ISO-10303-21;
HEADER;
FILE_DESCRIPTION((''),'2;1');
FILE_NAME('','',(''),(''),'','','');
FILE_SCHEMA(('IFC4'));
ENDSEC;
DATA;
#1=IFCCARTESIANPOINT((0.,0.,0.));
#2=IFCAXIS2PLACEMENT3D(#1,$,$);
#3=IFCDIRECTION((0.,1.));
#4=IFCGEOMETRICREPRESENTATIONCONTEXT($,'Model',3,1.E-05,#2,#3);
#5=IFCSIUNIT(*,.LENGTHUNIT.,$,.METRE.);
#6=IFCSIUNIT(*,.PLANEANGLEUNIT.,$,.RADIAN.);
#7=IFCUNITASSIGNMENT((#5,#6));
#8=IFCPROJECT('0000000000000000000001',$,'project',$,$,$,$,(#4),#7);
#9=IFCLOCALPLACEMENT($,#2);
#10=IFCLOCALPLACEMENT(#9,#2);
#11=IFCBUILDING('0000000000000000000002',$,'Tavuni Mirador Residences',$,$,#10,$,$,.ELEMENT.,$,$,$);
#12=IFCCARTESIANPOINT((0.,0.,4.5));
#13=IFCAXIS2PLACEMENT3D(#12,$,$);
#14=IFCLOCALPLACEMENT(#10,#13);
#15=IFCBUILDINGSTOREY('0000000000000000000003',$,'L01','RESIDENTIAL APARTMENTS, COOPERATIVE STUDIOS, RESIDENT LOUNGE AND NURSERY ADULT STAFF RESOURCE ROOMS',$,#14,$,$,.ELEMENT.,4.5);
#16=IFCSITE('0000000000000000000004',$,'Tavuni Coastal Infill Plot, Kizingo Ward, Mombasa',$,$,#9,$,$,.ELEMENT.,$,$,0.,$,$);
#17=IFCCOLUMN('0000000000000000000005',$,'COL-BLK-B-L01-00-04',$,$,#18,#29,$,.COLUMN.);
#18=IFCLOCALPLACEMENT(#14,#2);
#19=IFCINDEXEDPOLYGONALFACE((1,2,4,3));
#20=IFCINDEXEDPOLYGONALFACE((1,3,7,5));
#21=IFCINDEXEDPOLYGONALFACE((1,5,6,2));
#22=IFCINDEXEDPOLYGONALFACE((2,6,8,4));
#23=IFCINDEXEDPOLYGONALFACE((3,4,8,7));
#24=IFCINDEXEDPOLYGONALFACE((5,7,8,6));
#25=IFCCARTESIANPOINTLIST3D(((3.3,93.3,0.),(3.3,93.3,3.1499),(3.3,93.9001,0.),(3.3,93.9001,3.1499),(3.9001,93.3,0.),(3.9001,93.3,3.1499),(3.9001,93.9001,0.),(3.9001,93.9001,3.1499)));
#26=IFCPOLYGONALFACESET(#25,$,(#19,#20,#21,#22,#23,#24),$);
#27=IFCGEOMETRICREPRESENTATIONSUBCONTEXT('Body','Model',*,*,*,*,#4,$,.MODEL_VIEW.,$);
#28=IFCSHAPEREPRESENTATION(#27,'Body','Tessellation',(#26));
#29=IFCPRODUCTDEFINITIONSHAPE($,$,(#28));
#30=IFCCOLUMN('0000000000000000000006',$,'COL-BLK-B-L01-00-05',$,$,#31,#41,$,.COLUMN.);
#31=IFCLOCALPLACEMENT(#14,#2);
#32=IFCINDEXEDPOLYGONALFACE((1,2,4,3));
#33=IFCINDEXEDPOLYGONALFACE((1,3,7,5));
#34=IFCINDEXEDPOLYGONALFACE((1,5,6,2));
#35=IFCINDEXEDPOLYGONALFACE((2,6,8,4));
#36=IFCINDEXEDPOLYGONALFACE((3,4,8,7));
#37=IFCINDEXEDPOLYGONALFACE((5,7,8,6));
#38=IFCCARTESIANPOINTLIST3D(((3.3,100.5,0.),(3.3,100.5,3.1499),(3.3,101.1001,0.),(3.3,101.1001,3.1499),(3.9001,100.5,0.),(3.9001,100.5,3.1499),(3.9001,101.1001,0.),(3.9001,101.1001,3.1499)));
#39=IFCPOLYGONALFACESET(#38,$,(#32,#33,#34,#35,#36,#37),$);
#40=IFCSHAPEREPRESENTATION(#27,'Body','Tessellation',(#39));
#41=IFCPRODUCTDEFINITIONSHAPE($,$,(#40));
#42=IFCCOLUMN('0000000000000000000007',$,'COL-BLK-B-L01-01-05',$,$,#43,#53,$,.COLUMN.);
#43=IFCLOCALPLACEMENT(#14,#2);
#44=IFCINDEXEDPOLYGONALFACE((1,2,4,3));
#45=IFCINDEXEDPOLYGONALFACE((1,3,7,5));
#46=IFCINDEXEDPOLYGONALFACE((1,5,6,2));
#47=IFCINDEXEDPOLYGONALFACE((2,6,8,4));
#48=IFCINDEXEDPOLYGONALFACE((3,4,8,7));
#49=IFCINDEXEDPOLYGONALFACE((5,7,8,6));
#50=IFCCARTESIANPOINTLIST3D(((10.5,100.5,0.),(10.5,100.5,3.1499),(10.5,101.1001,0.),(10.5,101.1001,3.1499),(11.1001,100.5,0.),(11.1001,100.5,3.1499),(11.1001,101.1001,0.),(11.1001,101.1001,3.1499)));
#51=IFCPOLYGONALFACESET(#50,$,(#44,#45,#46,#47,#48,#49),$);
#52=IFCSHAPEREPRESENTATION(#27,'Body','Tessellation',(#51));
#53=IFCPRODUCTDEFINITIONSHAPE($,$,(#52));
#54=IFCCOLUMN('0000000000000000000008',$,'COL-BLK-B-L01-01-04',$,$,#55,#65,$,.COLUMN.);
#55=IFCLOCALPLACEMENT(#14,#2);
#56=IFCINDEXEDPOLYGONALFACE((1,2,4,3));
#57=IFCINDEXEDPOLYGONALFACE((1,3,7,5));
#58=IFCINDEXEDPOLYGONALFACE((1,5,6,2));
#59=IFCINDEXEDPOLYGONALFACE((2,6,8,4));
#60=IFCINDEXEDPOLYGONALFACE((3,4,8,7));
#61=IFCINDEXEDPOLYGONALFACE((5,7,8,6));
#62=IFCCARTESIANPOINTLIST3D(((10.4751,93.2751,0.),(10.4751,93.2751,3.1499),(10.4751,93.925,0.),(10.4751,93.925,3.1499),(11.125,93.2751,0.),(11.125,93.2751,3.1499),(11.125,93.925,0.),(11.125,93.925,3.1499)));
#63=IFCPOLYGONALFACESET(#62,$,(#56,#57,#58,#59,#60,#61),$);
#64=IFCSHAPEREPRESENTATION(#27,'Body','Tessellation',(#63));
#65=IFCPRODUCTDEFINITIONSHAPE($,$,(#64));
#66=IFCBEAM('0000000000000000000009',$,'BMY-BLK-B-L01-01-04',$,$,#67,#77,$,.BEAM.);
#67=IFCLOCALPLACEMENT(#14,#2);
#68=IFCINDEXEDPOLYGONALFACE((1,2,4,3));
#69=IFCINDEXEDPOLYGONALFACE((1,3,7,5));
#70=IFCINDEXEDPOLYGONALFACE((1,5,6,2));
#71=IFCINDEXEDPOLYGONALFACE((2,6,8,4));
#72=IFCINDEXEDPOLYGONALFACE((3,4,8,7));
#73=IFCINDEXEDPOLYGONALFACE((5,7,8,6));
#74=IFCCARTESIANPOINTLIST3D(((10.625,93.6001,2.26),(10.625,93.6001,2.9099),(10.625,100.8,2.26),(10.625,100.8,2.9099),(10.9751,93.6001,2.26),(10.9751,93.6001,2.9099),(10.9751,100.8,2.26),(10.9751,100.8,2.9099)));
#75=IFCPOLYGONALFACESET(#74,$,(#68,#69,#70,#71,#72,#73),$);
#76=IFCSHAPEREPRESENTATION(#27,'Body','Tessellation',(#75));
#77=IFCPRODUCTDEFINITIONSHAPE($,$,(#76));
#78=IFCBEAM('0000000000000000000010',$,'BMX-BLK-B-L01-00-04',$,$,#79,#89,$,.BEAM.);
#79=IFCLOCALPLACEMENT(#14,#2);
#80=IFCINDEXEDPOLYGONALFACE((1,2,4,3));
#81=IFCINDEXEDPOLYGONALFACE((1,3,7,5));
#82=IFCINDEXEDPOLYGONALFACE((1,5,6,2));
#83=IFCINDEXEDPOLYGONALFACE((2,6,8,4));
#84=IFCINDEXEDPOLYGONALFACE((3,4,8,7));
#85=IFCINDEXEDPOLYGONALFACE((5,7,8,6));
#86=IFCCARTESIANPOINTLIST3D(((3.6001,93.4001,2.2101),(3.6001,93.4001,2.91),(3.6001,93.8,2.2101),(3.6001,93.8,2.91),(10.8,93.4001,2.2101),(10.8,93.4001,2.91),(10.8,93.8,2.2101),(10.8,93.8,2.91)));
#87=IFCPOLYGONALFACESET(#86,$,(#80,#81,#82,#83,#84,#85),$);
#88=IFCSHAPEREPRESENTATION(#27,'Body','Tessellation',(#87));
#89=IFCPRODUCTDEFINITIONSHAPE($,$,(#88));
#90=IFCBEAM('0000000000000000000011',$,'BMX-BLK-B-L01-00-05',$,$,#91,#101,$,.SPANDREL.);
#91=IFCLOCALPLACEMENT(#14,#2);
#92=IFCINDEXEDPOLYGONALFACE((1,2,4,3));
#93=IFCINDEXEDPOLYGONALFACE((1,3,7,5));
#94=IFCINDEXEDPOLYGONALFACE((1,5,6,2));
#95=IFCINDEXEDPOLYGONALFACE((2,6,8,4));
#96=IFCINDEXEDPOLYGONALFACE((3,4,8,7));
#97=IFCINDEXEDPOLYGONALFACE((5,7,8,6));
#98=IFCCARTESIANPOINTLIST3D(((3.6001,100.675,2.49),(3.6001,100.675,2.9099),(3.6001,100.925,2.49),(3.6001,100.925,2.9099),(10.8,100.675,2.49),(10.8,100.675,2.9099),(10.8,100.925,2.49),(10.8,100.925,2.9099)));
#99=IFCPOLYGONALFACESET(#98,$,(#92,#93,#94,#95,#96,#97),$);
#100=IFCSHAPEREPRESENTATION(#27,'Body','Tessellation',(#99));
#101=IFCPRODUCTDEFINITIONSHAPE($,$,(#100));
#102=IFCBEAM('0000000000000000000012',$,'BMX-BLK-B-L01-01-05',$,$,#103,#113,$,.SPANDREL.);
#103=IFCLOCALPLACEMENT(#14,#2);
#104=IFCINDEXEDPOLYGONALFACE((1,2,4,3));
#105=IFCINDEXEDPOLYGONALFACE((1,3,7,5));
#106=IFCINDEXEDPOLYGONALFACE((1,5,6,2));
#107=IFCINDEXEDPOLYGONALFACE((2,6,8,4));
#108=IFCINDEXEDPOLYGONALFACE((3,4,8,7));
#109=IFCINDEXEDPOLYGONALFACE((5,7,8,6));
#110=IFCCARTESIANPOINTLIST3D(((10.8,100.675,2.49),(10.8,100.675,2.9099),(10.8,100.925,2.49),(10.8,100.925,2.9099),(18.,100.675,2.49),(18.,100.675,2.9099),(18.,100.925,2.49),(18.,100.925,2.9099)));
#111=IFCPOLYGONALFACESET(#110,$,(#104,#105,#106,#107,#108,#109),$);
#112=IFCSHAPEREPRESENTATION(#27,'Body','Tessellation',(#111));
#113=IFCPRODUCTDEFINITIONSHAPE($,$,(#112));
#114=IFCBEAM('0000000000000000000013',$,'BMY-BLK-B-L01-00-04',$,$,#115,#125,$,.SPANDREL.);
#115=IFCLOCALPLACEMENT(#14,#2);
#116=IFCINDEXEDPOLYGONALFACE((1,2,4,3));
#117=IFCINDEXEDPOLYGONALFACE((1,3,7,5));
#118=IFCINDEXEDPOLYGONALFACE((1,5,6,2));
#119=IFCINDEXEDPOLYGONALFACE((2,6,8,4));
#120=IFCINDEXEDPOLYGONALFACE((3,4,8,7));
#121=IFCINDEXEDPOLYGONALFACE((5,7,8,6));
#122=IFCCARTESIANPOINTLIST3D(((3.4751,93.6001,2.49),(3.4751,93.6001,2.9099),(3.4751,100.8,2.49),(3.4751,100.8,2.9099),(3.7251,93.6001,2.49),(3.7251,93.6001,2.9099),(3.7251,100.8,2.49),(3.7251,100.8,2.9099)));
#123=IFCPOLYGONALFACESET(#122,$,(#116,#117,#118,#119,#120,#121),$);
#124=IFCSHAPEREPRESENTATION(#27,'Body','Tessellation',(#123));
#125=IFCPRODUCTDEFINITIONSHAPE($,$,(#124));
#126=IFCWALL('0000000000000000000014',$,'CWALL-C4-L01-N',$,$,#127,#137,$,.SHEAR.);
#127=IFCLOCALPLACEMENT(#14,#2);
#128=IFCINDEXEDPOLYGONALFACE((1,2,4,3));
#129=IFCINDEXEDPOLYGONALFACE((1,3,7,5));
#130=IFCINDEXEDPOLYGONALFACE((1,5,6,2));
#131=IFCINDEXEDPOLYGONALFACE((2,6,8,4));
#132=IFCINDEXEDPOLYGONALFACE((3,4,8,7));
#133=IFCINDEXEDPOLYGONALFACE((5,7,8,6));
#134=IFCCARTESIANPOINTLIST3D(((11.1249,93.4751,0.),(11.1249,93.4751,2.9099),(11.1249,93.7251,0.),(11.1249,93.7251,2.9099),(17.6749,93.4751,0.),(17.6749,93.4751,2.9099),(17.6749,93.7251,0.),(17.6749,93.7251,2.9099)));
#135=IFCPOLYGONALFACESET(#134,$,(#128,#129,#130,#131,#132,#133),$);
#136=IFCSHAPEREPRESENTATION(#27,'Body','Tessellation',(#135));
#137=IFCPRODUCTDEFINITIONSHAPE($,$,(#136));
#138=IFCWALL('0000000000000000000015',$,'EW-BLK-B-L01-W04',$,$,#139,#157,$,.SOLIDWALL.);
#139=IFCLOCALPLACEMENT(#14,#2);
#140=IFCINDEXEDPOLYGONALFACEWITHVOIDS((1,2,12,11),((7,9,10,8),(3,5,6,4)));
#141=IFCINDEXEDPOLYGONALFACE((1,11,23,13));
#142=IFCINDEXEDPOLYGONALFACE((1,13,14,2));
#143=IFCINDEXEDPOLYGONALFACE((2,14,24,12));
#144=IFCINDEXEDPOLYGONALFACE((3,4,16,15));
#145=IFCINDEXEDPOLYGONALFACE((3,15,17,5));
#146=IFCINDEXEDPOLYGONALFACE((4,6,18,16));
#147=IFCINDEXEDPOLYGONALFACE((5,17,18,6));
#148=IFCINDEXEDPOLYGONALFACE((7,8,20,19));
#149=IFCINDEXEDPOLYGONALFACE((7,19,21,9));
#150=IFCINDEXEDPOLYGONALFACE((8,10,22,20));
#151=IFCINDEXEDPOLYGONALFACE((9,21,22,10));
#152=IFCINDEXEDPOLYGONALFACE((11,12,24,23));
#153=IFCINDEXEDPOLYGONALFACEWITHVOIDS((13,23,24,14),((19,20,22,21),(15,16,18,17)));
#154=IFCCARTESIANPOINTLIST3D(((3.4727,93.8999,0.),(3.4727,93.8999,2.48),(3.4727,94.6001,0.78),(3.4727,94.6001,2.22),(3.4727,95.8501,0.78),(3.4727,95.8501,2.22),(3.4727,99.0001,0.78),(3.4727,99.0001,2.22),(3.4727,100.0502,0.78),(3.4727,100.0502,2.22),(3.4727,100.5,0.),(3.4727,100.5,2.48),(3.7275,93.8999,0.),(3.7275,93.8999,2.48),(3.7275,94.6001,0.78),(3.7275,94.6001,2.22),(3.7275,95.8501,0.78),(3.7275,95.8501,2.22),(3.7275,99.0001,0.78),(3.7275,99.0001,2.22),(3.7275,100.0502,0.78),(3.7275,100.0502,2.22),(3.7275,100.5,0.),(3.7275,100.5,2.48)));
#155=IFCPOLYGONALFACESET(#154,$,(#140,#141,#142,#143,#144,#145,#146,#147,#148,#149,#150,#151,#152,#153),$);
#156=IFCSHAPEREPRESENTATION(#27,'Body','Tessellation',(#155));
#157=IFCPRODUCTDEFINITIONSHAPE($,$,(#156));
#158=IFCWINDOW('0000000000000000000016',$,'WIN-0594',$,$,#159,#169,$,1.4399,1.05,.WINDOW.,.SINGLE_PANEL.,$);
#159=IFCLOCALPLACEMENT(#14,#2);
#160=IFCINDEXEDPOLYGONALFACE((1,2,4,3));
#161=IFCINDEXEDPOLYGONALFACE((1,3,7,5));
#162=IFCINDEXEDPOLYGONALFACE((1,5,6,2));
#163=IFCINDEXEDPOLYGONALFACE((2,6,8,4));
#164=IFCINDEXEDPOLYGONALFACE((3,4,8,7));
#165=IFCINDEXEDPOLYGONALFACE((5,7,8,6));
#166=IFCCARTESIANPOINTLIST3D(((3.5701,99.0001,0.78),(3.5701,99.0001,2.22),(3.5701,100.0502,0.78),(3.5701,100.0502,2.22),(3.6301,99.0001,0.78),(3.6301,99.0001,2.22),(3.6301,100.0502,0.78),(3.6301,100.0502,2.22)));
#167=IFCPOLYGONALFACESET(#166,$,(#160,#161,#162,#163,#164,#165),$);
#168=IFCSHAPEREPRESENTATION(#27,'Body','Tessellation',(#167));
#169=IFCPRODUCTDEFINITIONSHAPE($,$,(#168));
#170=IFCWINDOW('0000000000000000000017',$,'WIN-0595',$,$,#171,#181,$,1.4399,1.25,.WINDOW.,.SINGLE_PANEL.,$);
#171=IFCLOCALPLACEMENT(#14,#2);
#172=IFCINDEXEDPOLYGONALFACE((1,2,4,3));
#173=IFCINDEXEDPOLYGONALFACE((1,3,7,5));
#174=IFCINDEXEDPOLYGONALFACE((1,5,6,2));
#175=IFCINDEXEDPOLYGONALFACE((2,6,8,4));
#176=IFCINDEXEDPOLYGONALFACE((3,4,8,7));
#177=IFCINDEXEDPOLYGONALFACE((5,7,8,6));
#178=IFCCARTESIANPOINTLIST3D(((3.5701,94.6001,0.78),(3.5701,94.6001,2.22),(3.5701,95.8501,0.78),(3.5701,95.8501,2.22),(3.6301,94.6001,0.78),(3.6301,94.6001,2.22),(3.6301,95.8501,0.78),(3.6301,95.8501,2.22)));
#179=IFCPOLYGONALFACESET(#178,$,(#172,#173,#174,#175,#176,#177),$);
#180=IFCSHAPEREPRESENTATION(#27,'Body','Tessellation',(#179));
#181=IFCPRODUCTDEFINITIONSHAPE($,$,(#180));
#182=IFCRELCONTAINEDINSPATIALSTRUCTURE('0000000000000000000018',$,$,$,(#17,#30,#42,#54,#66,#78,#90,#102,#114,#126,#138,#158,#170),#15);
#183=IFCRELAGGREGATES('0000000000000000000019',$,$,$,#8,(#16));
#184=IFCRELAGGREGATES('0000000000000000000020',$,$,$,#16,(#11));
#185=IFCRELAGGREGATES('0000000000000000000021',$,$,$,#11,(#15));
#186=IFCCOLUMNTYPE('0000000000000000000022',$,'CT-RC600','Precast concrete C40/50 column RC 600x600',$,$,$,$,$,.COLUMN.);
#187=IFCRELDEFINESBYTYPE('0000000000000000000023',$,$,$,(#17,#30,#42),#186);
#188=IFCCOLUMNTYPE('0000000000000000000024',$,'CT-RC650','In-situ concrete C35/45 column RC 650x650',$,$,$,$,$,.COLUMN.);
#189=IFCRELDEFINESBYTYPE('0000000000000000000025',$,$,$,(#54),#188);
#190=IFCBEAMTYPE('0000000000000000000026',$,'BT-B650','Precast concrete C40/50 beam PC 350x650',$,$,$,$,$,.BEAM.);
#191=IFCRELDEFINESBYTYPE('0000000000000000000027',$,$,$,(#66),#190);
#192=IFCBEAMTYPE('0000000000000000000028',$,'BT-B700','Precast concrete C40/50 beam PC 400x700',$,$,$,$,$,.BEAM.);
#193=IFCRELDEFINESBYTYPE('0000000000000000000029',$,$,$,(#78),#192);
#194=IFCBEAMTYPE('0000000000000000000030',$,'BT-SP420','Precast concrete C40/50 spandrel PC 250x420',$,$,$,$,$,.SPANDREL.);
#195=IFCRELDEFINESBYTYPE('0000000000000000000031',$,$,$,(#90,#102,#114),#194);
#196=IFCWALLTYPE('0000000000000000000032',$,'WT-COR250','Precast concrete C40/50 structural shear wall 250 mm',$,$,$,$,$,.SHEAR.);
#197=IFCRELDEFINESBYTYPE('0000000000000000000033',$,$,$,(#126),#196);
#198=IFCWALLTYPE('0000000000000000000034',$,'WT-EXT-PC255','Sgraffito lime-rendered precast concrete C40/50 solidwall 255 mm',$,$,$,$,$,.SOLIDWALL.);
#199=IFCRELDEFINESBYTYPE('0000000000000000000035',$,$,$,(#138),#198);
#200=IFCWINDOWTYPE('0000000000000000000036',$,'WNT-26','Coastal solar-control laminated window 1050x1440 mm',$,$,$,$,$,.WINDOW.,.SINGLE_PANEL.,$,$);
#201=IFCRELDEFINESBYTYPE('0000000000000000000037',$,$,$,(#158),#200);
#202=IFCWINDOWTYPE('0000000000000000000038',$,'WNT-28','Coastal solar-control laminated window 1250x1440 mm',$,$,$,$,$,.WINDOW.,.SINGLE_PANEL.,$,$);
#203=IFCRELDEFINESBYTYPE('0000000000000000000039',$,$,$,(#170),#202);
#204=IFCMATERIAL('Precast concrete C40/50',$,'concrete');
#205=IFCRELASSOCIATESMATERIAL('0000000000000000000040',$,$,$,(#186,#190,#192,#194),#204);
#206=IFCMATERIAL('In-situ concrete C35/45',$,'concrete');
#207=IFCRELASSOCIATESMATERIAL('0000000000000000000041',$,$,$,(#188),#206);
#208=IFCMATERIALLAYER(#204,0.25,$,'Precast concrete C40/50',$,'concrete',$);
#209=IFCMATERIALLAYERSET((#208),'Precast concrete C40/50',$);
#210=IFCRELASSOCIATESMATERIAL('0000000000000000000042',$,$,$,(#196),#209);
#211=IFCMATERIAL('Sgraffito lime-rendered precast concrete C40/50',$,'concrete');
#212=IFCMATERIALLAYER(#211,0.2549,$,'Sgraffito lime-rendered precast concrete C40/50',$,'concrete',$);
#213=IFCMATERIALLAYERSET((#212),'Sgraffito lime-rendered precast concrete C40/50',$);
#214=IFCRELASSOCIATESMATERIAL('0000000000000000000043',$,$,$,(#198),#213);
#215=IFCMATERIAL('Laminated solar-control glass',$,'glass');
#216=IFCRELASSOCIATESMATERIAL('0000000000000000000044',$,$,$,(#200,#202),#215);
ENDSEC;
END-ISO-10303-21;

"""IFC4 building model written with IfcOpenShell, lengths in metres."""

from ifc_helpers import new_model, si_unit, direction, frame, frame_2d, origin, origin_2d, place, context, subcontext, project, spatial, rectangle, extrude, material, layer, layer_set, material_profile, profile_set, type_object, element, fill, save


model = new_model("IFC4")

# Units and contexts
model_context = context("Model", 3, precision=1e-05, world=origin(), true_north=direction((0.0, 1.0)))
body_context = subcontext(model_context, "Body", "Model", "MODEL_VIEW")
ifc_project = project(units=[si_unit("LENGTHUNIT", "METRE"), si_unit("PLANEANGLEUNIT", "RADIAN")], contexts=[model_context])

# Site, building, storey
site_placement = place(None, origin())
site = spatial("IfcSite", under=ifc_project, at=site_placement, Name="Tavuni Coastal Infill Plot, Kizingo Ward, Mombasa", CompositionType="ELEMENT", RefElevation=0.0)
building_placement = place(site_placement, origin())
building = spatial("IfcBuilding", under=site, at=building_placement, Name="Tavuni Mirador Residences", CompositionType="ELEMENT")
storey_placement = place(building_placement, frame((0.0, 0.0, 4.5)))
storey = spatial("IfcBuildingStorey", under=building, at=storey_placement, Name="L01", Description="RESIDENTIAL APARTMENTS, COOPERATIVE STUDIOS, RESIDENT LOUNGE AND NURSERY ADULT STAFF RESOURCE ROOMS", CompositionType="ELEMENT", Elevation=4.5)

# Columns
ifc_material_1 = material(Name="Precast concrete C40/50", Category="concrete")
ifc_material_profile_1 = material_profile(ifc_material_1, rectangle(XDim=0.6001, YDim=0.6001, at=origin_2d()), Name="RC 600x600", Category="concrete")
ifc_profile_set_1 = profile_set([ifc_material_profile_1], Name="Precast concrete C40/50")
column_type_1 = type_object("IfcColumnType", Name="CT-RC600", Description="Precast concrete C40/50 column RC 600x600", PredefinedType="COLUMN", material=ifc_profile_set_1)
for number, where, z_axis, x_axis, name in (
    (1, (3.6001, 93.6001, 0.0), (0.0, 0.0, 1.0), (1.0, 0.0, 0.0), "COL-BLK-B-L01-00-04"),
    (2, (3.6001, 100.8, 0.0), (0.0, 0.0, 1.0), (1.0, 0.0, 0.0), "COL-BLK-B-L01-00-05"),
    (3, (10.8, 100.8, 0.0), (0.0, 0.0, 1.0), (1.0, 0.0, 0.0), "COL-BLK-B-L01-01-05"),
):
    element("IfcColumn", number, at=place(storey_placement, frame(where, z_axis=z_axis, x_axis=x_axis)), inside=storey, type_object=column_type_1, Name=name, PredefinedType="COLUMN", context=body_context, shape_type="SweptSolid", body=[
        extrude(rectangle(XDim=0.6001, YDim=0.6001, at=origin_2d()), origin(), (0.0, 0.0, 1.0), 3.1499),
    ])
ifc_material_2 = material(Name="In-situ concrete C35/45", Category="concrete")
ifc_material_profile_2 = material_profile(ifc_material_2, rectangle(XDim=0.6499, YDim=0.6499, at=origin_2d()), Name="RC 650x650", Category="concrete")
ifc_profile_set_2 = profile_set([ifc_material_profile_2], Name="In-situ concrete C35/45")
column_type_2 = type_object("IfcColumnType", Name="CT-RC650", Description="In-situ concrete C35/45 column RC 650x650", PredefinedType="COLUMN", material=ifc_profile_set_2)
column_placement = place(storey_placement, frame((10.8, 93.6001, 0.0), z_axis=(0.0, 0.0, 1.0), x_axis=(1.0, 0.0, 0.0)))
element("IfcColumn", 4, at=column_placement, inside=storey, type_object=column_type_2, Name="COL-BLK-B-L01-01-04", PredefinedType="COLUMN", context=body_context, shape_type="SweptSolid", body=[
    extrude(rectangle(XDim=0.6499, YDim=0.6499, at=origin_2d()), origin(), (0.0, 0.0, 1.0), 3.1499),
])

# Beams
ifc_material_profile_3 = material_profile(ifc_material_1, rectangle(XDim=0.3501, YDim=0.6499, at=origin_2d()), Name="PC 350x650", Category="concrete")
ifc_profile_set_3 = profile_set([ifc_material_profile_3], Name="Precast concrete C40/50")
beam_type_1 = type_object("IfcBeamType", Name="BT-B650", Description="Precast concrete C40/50 beam PC 350x650", PredefinedType="BEAM", material=ifc_profile_set_3)
beam_1_placement = place(storey_placement, frame((10.8, 93.6001, 2.585), z_axis=(0.0, 1.0, 0.0), x_axis=(-1.0, 0.0, 0.0)))
element("IfcBeam", 5, at=beam_1_placement, inside=storey, type_object=beam_type_1, Name="BMY-BLK-B-L01-01-04", PredefinedType="BEAM", context=body_context, shape_type="SweptSolid", body=[
    extrude(rectangle(XDim=0.3501, YDim=0.6499, at=origin_2d()), origin(), (0.0, 0.0, 1.0), 7.2),
])
ifc_material_profile_4 = material_profile(ifc_material_1, rectangle(XDim=0.3999, YDim=0.7, at=origin_2d()), Name="PC 400x700", Category="concrete")
ifc_profile_set_4 = profile_set([ifc_material_profile_4], Name="Precast concrete C40/50")
beam_type_2 = type_object("IfcBeamType", Name="BT-B700", Description="Precast concrete C40/50 beam PC 400x700", PredefinedType="BEAM", material=ifc_profile_set_4)
beam_2_placement = place(storey_placement, frame((3.6001, 93.6001, 2.5601), z_axis=(1.0, 0.0, 0.0), x_axis=(0.0, 1.0, 0.0)))
element("IfcBeam", 6, at=beam_2_placement, inside=storey, type_object=beam_type_2, Name="BMX-BLK-B-L01-00-04", PredefinedType="BEAM", context=body_context, shape_type="SweptSolid", body=[
    extrude(rectangle(XDim=0.3999, YDim=0.7, at=origin_2d()), origin(), (0.0, 0.0, 1.0), 7.2),
])
ifc_material_profile_5 = material_profile(ifc_material_1, rectangle(XDim=0.25, YDim=0.4199, at=origin_2d()), Name="PC 250x420", Category="concrete")
ifc_profile_set_5 = profile_set([ifc_material_profile_5], Name="Precast concrete C40/50")
beam_type_3 = type_object("IfcBeamType", Name="BT-SP420", Description="Precast concrete C40/50 spandrel PC 250x420", PredefinedType="SPANDREL", material=ifc_profile_set_5)
for number, where, z_axis, x_axis, name in (
    (7, (3.6001, 100.8, 2.7), (1.0, 0.0, 0.0), (0.0, 1.0, 0.0), "BMX-BLK-B-L01-00-05"),
    (8, (10.8, 100.8, 2.7), (1.0, 0.0, 0.0), (0.0, 1.0, 0.0), "BMX-BLK-B-L01-01-05"),
    (9, (3.6001, 93.6001, 2.7), (0.0, 1.0, 0.0), (-1.0, 0.0, 0.0), "BMY-BLK-B-L01-00-04"),
):
    element("IfcBeam", number, at=place(storey_placement, frame(where, z_axis=z_axis, x_axis=x_axis)), inside=storey, type_object=beam_type_3, Name=name, PredefinedType="SPANDREL", context=body_context, shape_type="SweptSolid", body=[
        extrude(rectangle(XDim=0.25, YDim=0.4199, at=origin_2d()), origin(), (0.0, 0.0, 1.0), 7.2),
    ])

# Wall
ifc_layer_1 = layer(ifc_material_1, 0.25, Name="Precast concrete C40/50", Category="concrete")
ifc_layer_set_1 = layer_set([ifc_layer_1], Name="Precast concrete C40/50")
wall_type_1 = type_object("IfcWallType", Name="WT-COR250", Description="Precast concrete C40/50 structural shear wall 250 mm", PredefinedType="SHEAR", material=ifc_layer_set_1)
wall_1_placement = place(storey_placement, frame((11.125, 93.6001, 0.0), z_axis=(0.0, 0.0, 1.0), x_axis=(1.0, 0.0, 0.0)))
element("IfcWall", 10, at=wall_1_placement, inside=storey, type_object=wall_type_1, Name="CWALL-C4-L01-N", PredefinedType="SHEAR", context=body_context, shape_type="SweptSolid", body=[
    extrude(rectangle(XDim=6.55, YDim=0.25, at=frame_2d((3.2749, 0.0))), origin(), (0.0, 0.0, 1.0), 2.9099),
])

# Wall, openings, windows
ifc_material_3 = material(Name="Sgraffito lime-rendered precast concrete C40/50", Category="concrete")
ifc_layer_2 = layer(ifc_material_3, 0.2549, Name="Sgraffito lime-rendered precast concrete C40/50", Category="concrete")
ifc_layer_set_2 = layer_set([ifc_layer_2], Name="Sgraffito lime-rendered precast concrete C40/50")
wall_type_2 = type_object("IfcWallType", Name="WT-EXT-PC255", Description="Sgraffito lime-rendered precast concrete C40/50 solidwall 255 mm", PredefinedType="SOLIDWALL", material=ifc_layer_set_2)
wall_2_placement = place(storey_placement, frame((3.6001, 100.5, 0.0), z_axis=(0.0, 0.0, 1.0), x_axis=(0.0, -1.0, 0.0)))
wall_2 = element("IfcWall", 11, at=wall_2_placement, inside=storey, type_object=wall_type_2, Name="EW-BLK-B-L01-W04", PredefinedType="SOLIDWALL", context=body_context, shape_type="SweptSolid", body=[
    extrude(rectangle(XDim=6.6001, YDim=0.2549, at=frame_2d((3.3, 0.0))), origin(), (0.0, 0.0, 1.0), 2.48),
])
opening_1_placement = place(wall_2_placement, frame((0.45, 0.0, 0.78)))
opening_1 = element("IfcOpeningElement", 12, at=opening_1_placement, cuts=wall_2, PredefinedType="OPENING", context=body_context, shape_type="SweptSolid", body=[
    extrude(rectangle(XDim=1.05, YDim=1.4399, at=frame_2d((0.5249, 0.72))), frame((0.0, 0.1375, 0.0), z_axis=(0.0, -1.0, 0.0), x_axis=(1.0, 0.0, 0.0)), (0.0, 0.0, 1.0), 0.2749),
])
opening_2_placement = place(wall_2_placement, frame((4.6499, 0.0, 0.78)))
opening_2 = element("IfcOpeningElement", 13, at=opening_2_placement, cuts=wall_2, PredefinedType="OPENING", context=body_context, shape_type="SweptSolid", body=[
    extrude(rectangle(XDim=1.25, YDim=1.4399, at=frame_2d((0.625, 0.72))), frame((0.0, 0.1375, 0.0), z_axis=(0.0, -1.0, 0.0), x_axis=(1.0, 0.0, 0.0)), (0.0, 0.0, 1.0), 0.2749),
])
ifc_material_4 = material(Name="Laminated solar-control glass", Category="glass")
window_type_1 = type_object("IfcWindowType", Name="WNT-26", Description="Coastal solar-control laminated window 1050x1440 mm", PartitioningType="SINGLE_PANEL", PredefinedType="WINDOW", material=ifc_material_4)
window_1_placement = place(opening_1_placement, origin())
window_1 = element("IfcWindow", 14, at=window_1_placement, inside=storey, type_object=window_type_1, Name="WIN-0594", OverallHeight=1.4399, OverallWidth=1.05, PartitioningType="SINGLE_PANEL", PredefinedType="WINDOW", context=body_context, shape_type="SweptSolid", body=[
    extrude(rectangle(XDim=1.05, YDim=1.4399, at=frame_2d((0.5249, 0.72))), frame((0.0, 0.03, 0.0), z_axis=(0.0, -1.0, 0.0), x_axis=(1.0, 0.0, 0.0)), (0.0, 0.0, 1.0), 0.0601),
])
fill(opening_1, window_1)
window_type_2 = type_object("IfcWindowType", Name="WNT-28", Description="Coastal solar-control laminated window 1250x1440 mm", PartitioningType="SINGLE_PANEL", PredefinedType="WINDOW", material=ifc_material_4)
window_2_placement = place(opening_2_placement, origin())
window_2 = element("IfcWindow", 15, at=window_2_placement, inside=storey, type_object=window_type_2, Name="WIN-0595", OverallHeight=1.4399, OverallWidth=1.25, PartitioningType="SINGLE_PANEL", PredefinedType="WINDOW", context=body_context, shape_type="SweptSolid", body=[
    extrude(rectangle(XDim=1.25, YDim=1.4399, at=frame_2d((0.625, 0.72))), frame((0.0, 0.03, 0.0), z_axis=(0.0, -1.0, 0.0), x_axis=(1.0, 0.0, 0.0)), (0.0, 0.0, 1.0), 0.0601),
])
fill(opening_2, window_2)

save(model, "model.ifc")
